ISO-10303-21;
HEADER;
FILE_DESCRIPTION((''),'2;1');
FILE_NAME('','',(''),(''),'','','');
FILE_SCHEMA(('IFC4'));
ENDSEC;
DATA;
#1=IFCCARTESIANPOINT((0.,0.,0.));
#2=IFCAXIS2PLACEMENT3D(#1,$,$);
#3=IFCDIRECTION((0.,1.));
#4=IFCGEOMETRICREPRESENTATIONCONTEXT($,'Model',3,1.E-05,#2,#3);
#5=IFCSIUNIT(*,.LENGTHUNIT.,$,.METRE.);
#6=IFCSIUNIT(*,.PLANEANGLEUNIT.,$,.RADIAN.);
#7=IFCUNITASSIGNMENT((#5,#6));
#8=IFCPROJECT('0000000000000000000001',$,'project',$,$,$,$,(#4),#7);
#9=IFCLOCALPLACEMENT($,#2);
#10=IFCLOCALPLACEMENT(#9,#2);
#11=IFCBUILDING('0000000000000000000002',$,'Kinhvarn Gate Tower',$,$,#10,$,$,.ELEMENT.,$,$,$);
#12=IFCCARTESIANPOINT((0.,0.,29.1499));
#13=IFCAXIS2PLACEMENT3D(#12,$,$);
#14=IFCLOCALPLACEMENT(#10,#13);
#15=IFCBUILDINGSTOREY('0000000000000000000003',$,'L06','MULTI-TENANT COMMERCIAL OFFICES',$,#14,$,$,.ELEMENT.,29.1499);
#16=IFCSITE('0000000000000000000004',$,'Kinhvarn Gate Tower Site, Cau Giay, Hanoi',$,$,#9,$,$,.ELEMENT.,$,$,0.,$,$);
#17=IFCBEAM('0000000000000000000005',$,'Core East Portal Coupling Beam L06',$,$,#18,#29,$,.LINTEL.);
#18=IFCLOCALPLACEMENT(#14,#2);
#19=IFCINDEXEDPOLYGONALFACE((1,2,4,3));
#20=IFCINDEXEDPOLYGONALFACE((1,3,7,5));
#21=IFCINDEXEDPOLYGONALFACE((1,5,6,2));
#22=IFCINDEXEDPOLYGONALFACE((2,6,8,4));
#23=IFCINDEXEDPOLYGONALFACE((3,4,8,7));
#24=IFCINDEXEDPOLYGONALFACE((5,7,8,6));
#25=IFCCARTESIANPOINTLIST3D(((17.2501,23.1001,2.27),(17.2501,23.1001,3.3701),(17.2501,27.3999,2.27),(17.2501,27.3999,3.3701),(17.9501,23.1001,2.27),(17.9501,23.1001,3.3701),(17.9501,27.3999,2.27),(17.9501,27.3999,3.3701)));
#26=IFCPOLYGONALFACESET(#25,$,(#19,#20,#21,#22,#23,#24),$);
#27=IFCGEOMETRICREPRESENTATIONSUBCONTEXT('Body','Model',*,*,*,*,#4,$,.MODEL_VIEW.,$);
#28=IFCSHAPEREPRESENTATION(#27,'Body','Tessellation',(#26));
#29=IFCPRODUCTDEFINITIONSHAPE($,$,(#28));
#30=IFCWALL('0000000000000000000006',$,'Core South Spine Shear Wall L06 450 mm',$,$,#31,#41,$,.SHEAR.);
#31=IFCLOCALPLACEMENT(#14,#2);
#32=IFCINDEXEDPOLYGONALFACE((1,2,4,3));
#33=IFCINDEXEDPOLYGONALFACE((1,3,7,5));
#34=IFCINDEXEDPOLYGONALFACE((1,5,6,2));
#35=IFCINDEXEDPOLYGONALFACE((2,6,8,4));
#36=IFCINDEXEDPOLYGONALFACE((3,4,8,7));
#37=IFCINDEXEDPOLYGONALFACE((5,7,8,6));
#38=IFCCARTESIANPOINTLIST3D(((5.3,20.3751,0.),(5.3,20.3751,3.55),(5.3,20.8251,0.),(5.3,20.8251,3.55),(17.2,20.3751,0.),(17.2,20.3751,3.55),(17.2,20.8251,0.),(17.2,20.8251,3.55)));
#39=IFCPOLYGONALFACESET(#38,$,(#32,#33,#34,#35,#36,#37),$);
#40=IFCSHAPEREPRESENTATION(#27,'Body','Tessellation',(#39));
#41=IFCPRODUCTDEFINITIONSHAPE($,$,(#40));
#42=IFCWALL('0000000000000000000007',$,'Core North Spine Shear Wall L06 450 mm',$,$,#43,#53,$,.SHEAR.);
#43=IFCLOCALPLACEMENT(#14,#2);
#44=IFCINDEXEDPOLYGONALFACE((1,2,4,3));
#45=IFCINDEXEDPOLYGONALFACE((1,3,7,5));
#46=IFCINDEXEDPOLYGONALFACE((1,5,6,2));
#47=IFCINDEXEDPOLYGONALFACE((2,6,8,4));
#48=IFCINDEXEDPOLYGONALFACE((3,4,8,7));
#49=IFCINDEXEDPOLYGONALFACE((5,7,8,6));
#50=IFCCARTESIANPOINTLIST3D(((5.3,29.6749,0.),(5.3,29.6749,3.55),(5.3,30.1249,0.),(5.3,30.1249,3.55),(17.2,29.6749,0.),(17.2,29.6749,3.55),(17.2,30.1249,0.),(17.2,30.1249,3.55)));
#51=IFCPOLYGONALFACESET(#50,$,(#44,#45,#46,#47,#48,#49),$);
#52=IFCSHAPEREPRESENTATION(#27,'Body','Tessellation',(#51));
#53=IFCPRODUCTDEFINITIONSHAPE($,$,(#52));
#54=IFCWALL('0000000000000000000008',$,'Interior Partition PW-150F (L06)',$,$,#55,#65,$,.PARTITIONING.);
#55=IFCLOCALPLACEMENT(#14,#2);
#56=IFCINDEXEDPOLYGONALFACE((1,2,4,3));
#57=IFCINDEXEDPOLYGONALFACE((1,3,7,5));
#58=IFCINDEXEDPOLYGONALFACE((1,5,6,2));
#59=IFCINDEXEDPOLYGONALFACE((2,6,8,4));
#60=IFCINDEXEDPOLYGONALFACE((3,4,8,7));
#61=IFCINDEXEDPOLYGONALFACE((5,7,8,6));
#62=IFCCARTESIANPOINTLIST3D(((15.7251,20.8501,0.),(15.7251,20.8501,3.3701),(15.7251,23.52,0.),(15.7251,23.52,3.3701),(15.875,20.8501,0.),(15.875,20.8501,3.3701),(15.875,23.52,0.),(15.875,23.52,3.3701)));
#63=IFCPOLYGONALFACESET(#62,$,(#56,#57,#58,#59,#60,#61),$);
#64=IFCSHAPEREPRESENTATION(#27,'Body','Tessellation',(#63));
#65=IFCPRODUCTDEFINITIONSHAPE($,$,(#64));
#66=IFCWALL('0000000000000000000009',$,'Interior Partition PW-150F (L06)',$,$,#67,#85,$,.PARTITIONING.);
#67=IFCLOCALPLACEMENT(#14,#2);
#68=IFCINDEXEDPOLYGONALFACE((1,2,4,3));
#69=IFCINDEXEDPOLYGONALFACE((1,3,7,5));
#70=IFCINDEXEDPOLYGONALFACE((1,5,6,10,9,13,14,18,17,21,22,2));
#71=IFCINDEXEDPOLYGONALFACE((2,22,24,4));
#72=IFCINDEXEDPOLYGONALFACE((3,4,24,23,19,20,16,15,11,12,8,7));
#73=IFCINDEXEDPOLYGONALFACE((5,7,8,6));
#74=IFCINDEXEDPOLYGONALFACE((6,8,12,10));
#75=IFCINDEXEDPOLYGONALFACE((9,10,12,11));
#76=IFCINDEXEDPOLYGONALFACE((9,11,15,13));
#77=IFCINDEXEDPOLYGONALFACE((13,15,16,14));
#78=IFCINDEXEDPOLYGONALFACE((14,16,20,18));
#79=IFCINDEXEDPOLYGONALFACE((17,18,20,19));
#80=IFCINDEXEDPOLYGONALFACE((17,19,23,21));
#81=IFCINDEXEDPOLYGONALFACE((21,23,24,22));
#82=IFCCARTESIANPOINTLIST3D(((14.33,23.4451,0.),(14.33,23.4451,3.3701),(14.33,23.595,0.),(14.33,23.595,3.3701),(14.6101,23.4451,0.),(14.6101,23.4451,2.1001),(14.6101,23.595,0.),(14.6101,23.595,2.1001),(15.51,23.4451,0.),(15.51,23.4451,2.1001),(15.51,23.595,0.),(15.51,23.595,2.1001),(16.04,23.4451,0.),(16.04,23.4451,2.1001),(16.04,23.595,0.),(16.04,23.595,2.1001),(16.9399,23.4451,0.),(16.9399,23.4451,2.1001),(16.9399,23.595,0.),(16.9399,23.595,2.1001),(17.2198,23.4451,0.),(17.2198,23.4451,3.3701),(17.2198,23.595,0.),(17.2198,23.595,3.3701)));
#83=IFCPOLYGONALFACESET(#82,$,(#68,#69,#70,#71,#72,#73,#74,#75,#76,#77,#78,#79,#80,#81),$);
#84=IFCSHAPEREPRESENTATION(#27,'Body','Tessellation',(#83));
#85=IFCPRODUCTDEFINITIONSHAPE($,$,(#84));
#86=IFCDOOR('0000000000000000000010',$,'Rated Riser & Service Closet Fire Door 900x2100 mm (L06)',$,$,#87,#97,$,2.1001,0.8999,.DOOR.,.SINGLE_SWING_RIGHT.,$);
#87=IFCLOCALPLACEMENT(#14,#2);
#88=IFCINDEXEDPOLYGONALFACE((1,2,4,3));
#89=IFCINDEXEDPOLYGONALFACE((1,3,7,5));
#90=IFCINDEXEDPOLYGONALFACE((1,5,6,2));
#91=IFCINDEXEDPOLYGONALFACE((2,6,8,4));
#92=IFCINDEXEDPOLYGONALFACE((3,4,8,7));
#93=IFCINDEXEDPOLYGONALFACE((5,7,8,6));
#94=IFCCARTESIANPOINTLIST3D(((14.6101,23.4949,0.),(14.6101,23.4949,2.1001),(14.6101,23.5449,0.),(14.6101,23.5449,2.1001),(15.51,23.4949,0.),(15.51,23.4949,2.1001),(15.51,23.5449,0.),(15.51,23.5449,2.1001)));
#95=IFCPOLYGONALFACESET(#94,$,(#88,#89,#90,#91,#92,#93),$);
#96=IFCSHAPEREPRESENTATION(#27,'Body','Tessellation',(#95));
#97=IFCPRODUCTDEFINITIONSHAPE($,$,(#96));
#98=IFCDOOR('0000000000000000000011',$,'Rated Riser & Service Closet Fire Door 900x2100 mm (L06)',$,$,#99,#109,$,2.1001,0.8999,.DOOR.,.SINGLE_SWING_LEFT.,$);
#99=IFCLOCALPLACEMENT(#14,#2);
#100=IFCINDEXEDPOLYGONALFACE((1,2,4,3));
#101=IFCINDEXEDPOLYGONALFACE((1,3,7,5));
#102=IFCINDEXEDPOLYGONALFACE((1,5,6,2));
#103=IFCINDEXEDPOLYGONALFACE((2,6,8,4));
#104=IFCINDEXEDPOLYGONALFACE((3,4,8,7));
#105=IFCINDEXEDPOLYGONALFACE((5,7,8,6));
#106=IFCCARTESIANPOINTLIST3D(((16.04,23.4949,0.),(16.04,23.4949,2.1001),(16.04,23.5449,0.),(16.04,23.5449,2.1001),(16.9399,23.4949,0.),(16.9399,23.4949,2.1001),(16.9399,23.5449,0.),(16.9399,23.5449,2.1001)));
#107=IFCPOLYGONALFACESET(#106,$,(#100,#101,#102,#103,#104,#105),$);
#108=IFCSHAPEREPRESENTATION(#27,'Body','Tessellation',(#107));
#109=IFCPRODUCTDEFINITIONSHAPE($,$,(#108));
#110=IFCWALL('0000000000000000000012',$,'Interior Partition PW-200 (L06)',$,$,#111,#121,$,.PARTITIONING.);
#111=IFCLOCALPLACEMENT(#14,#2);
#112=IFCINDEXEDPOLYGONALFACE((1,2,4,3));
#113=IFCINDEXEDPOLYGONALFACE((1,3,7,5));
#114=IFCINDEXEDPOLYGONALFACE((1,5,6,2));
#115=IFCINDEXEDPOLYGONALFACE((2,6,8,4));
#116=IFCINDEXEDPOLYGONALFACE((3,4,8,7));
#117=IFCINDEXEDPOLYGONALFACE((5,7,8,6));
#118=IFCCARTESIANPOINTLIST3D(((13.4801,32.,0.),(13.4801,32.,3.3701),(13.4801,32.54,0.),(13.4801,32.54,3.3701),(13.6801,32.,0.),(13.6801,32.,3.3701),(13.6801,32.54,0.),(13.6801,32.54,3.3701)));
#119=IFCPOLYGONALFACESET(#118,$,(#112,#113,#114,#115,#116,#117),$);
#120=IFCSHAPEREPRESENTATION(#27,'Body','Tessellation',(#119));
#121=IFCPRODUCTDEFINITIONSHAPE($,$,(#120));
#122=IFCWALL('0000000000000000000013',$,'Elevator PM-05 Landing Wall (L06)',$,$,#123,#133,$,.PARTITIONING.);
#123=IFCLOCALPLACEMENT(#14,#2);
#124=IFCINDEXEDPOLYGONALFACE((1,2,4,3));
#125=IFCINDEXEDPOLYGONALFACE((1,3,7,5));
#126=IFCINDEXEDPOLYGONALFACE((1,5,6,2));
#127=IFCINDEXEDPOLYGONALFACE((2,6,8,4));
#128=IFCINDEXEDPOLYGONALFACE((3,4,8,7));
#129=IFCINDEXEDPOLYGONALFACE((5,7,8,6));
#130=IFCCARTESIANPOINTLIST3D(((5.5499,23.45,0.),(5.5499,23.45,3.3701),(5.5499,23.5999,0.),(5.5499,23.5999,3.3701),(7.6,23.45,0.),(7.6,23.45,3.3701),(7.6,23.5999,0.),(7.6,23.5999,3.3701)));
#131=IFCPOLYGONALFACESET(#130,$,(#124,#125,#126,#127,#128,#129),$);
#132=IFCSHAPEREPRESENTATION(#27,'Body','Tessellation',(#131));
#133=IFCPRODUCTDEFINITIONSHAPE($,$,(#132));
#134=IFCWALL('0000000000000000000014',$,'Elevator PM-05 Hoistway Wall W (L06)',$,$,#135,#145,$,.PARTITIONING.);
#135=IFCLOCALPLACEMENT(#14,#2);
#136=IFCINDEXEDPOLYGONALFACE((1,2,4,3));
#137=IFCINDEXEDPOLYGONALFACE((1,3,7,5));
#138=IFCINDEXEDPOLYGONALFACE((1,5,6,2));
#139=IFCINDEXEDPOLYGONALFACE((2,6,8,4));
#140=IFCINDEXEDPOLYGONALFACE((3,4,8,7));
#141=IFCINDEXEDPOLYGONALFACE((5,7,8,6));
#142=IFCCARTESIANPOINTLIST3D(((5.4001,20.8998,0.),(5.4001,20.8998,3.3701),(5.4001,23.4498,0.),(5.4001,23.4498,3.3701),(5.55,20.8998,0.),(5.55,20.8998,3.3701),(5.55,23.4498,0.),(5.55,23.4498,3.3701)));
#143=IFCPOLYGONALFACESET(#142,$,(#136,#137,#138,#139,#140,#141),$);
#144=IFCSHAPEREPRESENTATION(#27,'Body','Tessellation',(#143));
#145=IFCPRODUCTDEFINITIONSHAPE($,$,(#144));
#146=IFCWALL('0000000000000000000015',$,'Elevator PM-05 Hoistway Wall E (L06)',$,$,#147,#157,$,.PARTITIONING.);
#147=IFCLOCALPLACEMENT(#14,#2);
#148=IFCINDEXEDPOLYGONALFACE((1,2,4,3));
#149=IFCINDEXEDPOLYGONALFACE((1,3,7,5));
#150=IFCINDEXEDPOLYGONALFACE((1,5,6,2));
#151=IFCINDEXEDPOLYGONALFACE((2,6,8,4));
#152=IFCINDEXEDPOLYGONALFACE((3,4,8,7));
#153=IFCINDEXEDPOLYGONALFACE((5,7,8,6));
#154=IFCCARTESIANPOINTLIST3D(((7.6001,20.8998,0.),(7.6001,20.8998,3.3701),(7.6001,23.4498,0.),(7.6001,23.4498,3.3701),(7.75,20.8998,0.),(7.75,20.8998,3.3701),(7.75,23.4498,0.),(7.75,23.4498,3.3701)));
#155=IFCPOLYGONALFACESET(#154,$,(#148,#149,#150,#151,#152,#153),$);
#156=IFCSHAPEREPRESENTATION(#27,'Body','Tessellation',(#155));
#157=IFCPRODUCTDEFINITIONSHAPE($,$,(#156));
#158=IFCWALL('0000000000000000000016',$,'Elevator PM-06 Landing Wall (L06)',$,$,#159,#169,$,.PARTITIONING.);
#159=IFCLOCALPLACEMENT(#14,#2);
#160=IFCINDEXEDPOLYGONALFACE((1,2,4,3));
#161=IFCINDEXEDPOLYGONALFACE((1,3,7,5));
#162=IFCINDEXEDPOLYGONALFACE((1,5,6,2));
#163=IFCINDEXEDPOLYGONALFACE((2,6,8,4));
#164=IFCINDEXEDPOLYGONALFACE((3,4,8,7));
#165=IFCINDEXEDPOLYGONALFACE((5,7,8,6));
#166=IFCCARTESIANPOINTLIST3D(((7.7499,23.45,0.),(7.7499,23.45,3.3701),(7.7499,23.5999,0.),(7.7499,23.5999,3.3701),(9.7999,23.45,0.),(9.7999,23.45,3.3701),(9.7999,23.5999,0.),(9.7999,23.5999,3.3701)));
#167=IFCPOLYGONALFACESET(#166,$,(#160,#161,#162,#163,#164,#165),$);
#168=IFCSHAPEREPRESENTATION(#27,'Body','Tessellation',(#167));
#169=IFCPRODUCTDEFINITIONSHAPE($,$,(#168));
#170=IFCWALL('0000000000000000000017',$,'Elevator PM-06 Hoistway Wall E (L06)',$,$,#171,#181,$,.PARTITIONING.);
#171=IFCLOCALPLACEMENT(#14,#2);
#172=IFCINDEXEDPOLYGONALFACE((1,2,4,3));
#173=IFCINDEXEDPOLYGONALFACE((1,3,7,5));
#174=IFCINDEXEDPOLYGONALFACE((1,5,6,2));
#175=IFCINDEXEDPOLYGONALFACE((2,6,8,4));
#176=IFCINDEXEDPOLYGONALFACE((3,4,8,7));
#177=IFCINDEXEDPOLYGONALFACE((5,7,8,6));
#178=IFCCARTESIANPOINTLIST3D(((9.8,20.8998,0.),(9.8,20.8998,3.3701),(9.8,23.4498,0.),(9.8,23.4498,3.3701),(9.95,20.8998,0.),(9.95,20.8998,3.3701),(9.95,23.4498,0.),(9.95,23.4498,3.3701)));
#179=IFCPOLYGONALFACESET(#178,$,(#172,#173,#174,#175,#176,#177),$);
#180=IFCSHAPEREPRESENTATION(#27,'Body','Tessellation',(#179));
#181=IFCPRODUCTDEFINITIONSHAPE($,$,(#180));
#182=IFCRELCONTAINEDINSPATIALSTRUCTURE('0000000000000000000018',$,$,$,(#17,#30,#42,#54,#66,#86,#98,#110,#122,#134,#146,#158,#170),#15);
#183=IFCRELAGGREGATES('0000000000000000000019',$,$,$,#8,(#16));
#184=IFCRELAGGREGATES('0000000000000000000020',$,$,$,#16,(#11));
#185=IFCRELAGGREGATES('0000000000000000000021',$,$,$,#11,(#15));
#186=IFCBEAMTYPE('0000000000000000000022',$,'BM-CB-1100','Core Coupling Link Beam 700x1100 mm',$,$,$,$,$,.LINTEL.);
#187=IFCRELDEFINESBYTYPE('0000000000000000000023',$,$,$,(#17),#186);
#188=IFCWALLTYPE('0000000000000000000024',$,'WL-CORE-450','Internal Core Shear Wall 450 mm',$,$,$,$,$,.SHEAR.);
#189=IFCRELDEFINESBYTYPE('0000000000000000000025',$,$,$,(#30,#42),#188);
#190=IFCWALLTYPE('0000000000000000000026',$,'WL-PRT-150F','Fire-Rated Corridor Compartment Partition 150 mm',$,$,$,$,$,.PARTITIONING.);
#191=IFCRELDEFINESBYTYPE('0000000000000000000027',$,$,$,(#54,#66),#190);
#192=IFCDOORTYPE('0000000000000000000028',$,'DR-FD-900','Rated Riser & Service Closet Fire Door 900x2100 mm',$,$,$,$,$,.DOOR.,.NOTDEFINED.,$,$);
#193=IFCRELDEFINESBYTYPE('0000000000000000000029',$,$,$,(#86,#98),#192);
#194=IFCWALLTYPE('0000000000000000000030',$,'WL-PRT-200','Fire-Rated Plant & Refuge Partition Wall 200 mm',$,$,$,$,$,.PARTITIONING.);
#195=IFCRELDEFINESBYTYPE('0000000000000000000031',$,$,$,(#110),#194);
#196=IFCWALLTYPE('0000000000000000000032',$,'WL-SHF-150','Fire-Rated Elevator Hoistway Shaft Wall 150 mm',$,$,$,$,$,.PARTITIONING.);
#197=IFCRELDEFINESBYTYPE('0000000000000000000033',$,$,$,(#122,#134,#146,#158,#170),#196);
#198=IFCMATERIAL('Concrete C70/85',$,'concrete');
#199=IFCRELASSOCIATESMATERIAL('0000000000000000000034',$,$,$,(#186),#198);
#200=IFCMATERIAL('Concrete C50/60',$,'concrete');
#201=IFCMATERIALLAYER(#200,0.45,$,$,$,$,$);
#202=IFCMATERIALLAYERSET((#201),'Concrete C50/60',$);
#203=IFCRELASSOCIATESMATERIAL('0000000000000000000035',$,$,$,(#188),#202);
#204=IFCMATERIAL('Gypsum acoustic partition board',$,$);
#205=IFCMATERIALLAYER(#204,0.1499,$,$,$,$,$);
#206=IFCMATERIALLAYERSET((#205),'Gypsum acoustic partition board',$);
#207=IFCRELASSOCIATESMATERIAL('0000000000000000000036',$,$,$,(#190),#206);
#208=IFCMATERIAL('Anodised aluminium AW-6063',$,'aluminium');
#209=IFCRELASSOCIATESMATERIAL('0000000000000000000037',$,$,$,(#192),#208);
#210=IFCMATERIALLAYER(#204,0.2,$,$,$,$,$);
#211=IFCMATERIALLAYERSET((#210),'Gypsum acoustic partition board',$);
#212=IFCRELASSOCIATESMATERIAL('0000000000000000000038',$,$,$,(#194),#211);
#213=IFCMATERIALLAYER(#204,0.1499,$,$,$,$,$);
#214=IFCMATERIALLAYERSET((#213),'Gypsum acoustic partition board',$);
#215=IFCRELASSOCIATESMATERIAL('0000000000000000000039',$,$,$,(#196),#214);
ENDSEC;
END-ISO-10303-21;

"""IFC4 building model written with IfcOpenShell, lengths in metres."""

from ifc_helpers import new_model, si_unit, direction, frame, frame_2d, origin, origin_2d, place, context, subcontext, project, spatial, rectangle, extrude, material, layer, layer_set, material_profile, profile_set, type_object, element, fill, save


model = new_model("IFC4")

# Units and contexts
model_context = context("Model", 3, precision=1e-05, world=origin(), true_north=direction((0.0, 1.0)))
body_context = subcontext(model_context, "Body", "Model", "MODEL_VIEW")
ifc_project = project(units=[si_unit("LENGTHUNIT", "METRE"), si_unit("PLANEANGLEUNIT", "RADIAN")], contexts=[model_context])

# Site, building, storey
site_placement = place(None, origin())
site = spatial("IfcSite", under=ifc_project, at=site_placement, Name="Kinhvarn Gate Tower Site, Cau Giay, Hanoi", CompositionType="ELEMENT", RefElevation=0.0)
building_placement = place(site_placement, origin())
building = spatial("IfcBuilding", under=site, at=building_placement, Name="Kinhvarn Gate Tower", CompositionType="ELEMENT")
storey_placement = place(building_placement, frame((0.0, 0.0, 29.1499)))
storey = spatial("IfcBuildingStorey", under=building, at=storey_placement, Name="L06", Description="MULTI-TENANT COMMERCIAL OFFICES", CompositionType="ELEMENT", Elevation=29.1499)

# Beam
ifc_material_1 = material(Name="Concrete C70/85", Category="concrete")
ifc_material_profile = material_profile(ifc_material_1, rectangle(XDim=0.7, YDim=1.1001, at=origin_2d()), Name="RC 700x1100")
ifc_profile_set = profile_set([ifc_material_profile], Name="Concrete C70/85")
beam_type = type_object("IfcBeamType", Name="BM-CB-1100", Description="Core Coupling Link Beam 700x1100 mm", PredefinedType="LINTEL", material=ifc_profile_set)
beam_placement = place(storey_placement, frame((17.6001, 23.1001, 2.8201), z_axis=(0.0, 1.0, 0.0), x_axis=(-1.0, 0.0, 0.0)))
element("IfcBeam", 1, at=beam_placement, inside=storey, type_object=beam_type, Name="Core East Portal Coupling Beam L06", PredefinedType="LINTEL", context=body_context, shape_type="SweptSolid", body=[
    extrude(rectangle(XDim=0.7, YDim=1.1001, at=origin_2d()), origin(), (0.0, 0.0, 1.0), 4.2998),
])

# Walls
ifc_material_2 = material(Name="Concrete C50/60", Category="concrete")
ifc_layer_1 = layer(ifc_material_2, 0.45)
ifc_layer_set_1 = layer_set([ifc_layer_1], Name="Concrete C50/60")
wall_type_1 = type_object("IfcWallType", Name="WL-CORE-450", Description="Internal Core Shear Wall 450 mm", PredefinedType="SHEAR", material=ifc_layer_set_1)
for number, where, z_axis, x_axis, name in (
    (2, (5.3, 20.6001, 0.0), (0.0, 0.0, 1.0), (1.0, 0.0, 0.0), "Core South Spine Shear Wall L06 450 mm"),
    (3, (5.3, 29.8999, 0.0), (0.0, 0.0, 1.0), (1.0, 0.0, 0.0), "Core North Spine Shear Wall L06 450 mm"),
):
    element("IfcWall", number, at=place(storey_placement, frame(where, z_axis=z_axis, x_axis=x_axis)), inside=storey, type_object=wall_type_1, Name=name, PredefinedType="SHEAR", context=body_context, shape_type="SweptSolid", body=[
        extrude(rectangle(XDim=11.8999, YDim=0.45, at=frame_2d((5.95, 0.0))), origin(), (0.0, 0.0, 1.0), 3.55),
    ])
ifc_material_3 = material(Name="Gypsum acoustic partition board")
ifc_layer_2 = layer(ifc_material_3, 0.1499)
ifc_layer_set_2 = layer_set([ifc_layer_2], Name="Gypsum acoustic partition board")
wall_type_2 = type_object("IfcWallType", Name="WL-PRT-150F", Description="Fire-Rated Corridor Compartment Partition 150 mm", PredefinedType="PARTITIONING", material=ifc_layer_set_2)
wall_1_placement = place(storey_placement, frame((15.8, 20.8501, 0.0), z_axis=(0.0, 0.0, 1.0), x_axis=(0.0, 1.0, 0.0)))
element("IfcWall", 4, at=wall_1_placement, inside=storey, type_object=wall_type_2, Name="Interior Partition PW-150F (L06)", PredefinedType="PARTITIONING", context=body_context, shape_type="SweptSolid", body=[
    extrude(rectangle(XDim=2.6699, YDim=0.1499, at=frame_2d((1.335, 0.0))), origin(), (0.0, 0.0, 1.0), 3.3701),
])

# Wall, openings, doors
wall_2_placement = place(storey_placement, frame((14.3301, 23.52, 0.0), z_axis=(0.0, 0.0, 1.0), x_axis=(1.0, 0.0, 0.0)))
wall_2 = element("IfcWall", 5, at=wall_2_placement, inside=storey, type_object=wall_type_2, Name="Interior Partition PW-150F (L06)", PredefinedType="PARTITIONING", context=body_context, shape_type="SweptSolid", body=[
    extrude(rectangle(XDim=2.8899, YDim=0.1499, at=frame_2d((1.4448, 0.0))), origin(), (0.0, 0.0, 1.0), 3.3701),
])
opening_1_placement = place(wall_2_placement, frame((0.28, 0.0, 0.0)))
opening_1 = element("IfcOpeningElement", 6, at=opening_1_placement, cuts=wall_2, PredefinedType="OPENING", context=body_context, shape_type="SweptSolid", body=[
    extrude(rectangle(XDim=0.8999, YDim=2.1001, at=frame_2d((0.45, 1.05))), frame((0.0, 0.085, 0.0), z_axis=(0.0, -1.0, 0.0), x_axis=(1.0, 0.0, 0.0)), (0.0, 0.0, 1.0), 0.1699),
])
opening_2_placement = place(wall_2_placement, frame((1.71, 0.0, 0.0)))
opening_2 = element("IfcOpeningElement", 7, at=opening_2_placement, cuts=wall_2, PredefinedType="OPENING", context=body_context, shape_type="SweptSolid", body=[
    extrude(rectangle(XDim=0.8999, YDim=2.1001, at=frame_2d((0.45, 1.05))), frame((0.0, 0.085, 0.0), z_axis=(0.0, -1.0, 0.0), x_axis=(1.0, 0.0, 0.0)), (0.0, 0.0, 1.0), 0.1699),
])
ifc_material_4 = material(Name="Anodised aluminium AW-6063", Category="aluminium")
door_type_1 = type_object("IfcDoorType", Name="DR-FD-900", Description="Rated Riser & Service Closet Fire Door 900x2100 mm", OperationType="NOTDEFINED", PredefinedType="DOOR", material=ifc_material_4)
door_1_placement = place(opening_1_placement, origin())
door_1 = element("IfcDoor", 8, at=door_1_placement, inside=storey, type_object=door_type_1, Name="Rated Riser & Service Closet Fire Door 900x2100 mm (L06)", OperationType="SINGLE_SWING_RIGHT", OverallHeight=2.1001, OverallWidth=0.8999, PredefinedType="DOOR", context=body_context, shape_type="SweptSolid", body=[
    extrude(rectangle(XDim=0.8999, YDim=2.1001, at=frame_2d((0.45, 1.05))), frame((0.0, 0.0249, 0.0), z_axis=(0.0, -1.0, 0.0), x_axis=(1.0, 0.0, 0.0)), (0.0, 0.0, 1.0), 0.05),
])
fill(opening_1, door_1)
door_2_placement = place(opening_2_placement, origin())
door_2 = element("IfcDoor", 9, at=door_2_placement, inside=storey, type_object=door_type_1, Name="Rated Riser & Service Closet Fire Door 900x2100 mm (L06)", OperationType="SINGLE_SWING_LEFT", OverallHeight=2.1001, OverallWidth=0.8999, PredefinedType="DOOR", context=body_context, shape_type="SweptSolid", body=[
    extrude(rectangle(XDim=0.8999, YDim=2.1001, at=frame_2d((0.45, 1.05))), frame((0.0, 0.0249, 0.0), z_axis=(0.0, -1.0, 0.0), x_axis=(1.0, 0.0, 0.0)), (0.0, 0.0, 1.0), 0.05),
])
fill(opening_2, door_2)

# Walls
ifc_layer_3 = layer(ifc_material_3, 0.2)
ifc_layer_set_3 = layer_set([ifc_layer_3], Name="Gypsum acoustic partition board")
wall_type_3 = type_object("IfcWallType", Name="WL-PRT-200", Description="Fire-Rated Plant & Refuge Partition Wall 200 mm", PredefinedType="PARTITIONING", material=ifc_layer_set_3)
wall_3_placement = place(storey_placement, frame((13.5801, 32.0, 0.0), z_axis=(0.0, 0.0, 1.0), x_axis=(0.0, 1.0, 0.0)))
element("IfcWall", 10, at=wall_3_placement, inside=storey, type_object=wall_type_3, Name="Interior Partition PW-200 (L06)", PredefinedType="PARTITIONING", context=body_context, shape_type="SweptSolid", body=[
    extrude(rectangle(XDim=0.54, YDim=0.2, at=frame_2d((0.27, 0.0))), origin(), (0.0, 0.0, 1.0), 3.3701),
])
ifc_layer_4 = layer(ifc_material_3, 0.1499)
ifc_layer_set_4 = layer_set([ifc_layer_4], Name="Gypsum acoustic partition board")
wall_type_4 = type_object("IfcWallType", Name="WL-SHF-150", Description="Fire-Rated Elevator Hoistway Shaft Wall 150 mm", PredefinedType="PARTITIONING", material=ifc_layer_set_4)
wall_4_placement = place(storey_placement, frame((5.55, 23.5249, 0.0), z_axis=(0.0, 0.0, 1.0), x_axis=(1.0, 0.0, 0.0)))
element("IfcWall", 11, at=wall_4_placement, inside=storey, type_object=wall_type_4, Name="Elevator PM-05 Landing Wall (L06)", PredefinedType="PARTITIONING", context=body_context, shape_type="SweptSolid", body=[
    extrude(rectangle(XDim=2.05, YDim=0.1499, at=frame_2d((1.0249, 0.0))), origin(), (0.0, 0.0, 1.0), 3.3701),
])
for number, where, z_axis, x_axis, name in (
    (12, (5.4751, 20.8999, 0.0), (0.0, 0.0, 1.0), (0.0, 1.0, 0.0), "Elevator PM-05 Hoistway Wall W (L06)"),
    (13, (7.675, 20.8999, 0.0), (0.0, 0.0, 1.0), (0.0, 1.0, 0.0), "Elevator PM-05 Hoistway Wall E (L06)"),
):
    element("IfcWall", number, at=place(storey_placement, frame(where, z_axis=z_axis, x_axis=x_axis)), inside=storey, type_object=wall_type_4, Name=name, PredefinedType="PARTITIONING", context=body_context, shape_type="SweptSolid", body=[
        extrude(rectangle(XDim=2.55, YDim=0.1499, at=frame_2d((1.2749, 0.0))), origin(), (0.0, 0.0, 1.0), 3.3701),
    ])
wall_5_placement = place(storey_placement, frame((7.75, 23.5249, 0.0), z_axis=(0.0, 0.0, 1.0), x_axis=(1.0, 0.0, 0.0)))
element("IfcWall", 14, at=wall_5_placement, inside=storey, type_object=wall_type_4, Name="Elevator PM-06 Landing Wall (L06)", PredefinedType="PARTITIONING", context=body_context, shape_type="SweptSolid", body=[
    extrude(rectangle(XDim=2.05, YDim=0.1499, at=frame_2d((1.0249, 0.0))), origin(), (0.0, 0.0, 1.0), 3.3701),
])
wall_6_placement = place(storey_placement, frame((9.875, 20.8999, 0.0), z_axis=(0.0, 0.0, 1.0), x_axis=(0.0, 1.0, 0.0)))
element("IfcWall", 15, at=wall_6_placement, inside=storey, type_object=wall_type_4, Name="Elevator PM-06 Hoistway Wall E (L06)", PredefinedType="PARTITIONING", context=body_context, shape_type="SweptSolid", body=[
    extrude(rectangle(XDim=2.55, YDim=0.1499, at=frame_2d((1.2749, 0.0))), origin(), (0.0, 0.0, 1.0), 3.3701),
])

save(model, "model.ifc")
